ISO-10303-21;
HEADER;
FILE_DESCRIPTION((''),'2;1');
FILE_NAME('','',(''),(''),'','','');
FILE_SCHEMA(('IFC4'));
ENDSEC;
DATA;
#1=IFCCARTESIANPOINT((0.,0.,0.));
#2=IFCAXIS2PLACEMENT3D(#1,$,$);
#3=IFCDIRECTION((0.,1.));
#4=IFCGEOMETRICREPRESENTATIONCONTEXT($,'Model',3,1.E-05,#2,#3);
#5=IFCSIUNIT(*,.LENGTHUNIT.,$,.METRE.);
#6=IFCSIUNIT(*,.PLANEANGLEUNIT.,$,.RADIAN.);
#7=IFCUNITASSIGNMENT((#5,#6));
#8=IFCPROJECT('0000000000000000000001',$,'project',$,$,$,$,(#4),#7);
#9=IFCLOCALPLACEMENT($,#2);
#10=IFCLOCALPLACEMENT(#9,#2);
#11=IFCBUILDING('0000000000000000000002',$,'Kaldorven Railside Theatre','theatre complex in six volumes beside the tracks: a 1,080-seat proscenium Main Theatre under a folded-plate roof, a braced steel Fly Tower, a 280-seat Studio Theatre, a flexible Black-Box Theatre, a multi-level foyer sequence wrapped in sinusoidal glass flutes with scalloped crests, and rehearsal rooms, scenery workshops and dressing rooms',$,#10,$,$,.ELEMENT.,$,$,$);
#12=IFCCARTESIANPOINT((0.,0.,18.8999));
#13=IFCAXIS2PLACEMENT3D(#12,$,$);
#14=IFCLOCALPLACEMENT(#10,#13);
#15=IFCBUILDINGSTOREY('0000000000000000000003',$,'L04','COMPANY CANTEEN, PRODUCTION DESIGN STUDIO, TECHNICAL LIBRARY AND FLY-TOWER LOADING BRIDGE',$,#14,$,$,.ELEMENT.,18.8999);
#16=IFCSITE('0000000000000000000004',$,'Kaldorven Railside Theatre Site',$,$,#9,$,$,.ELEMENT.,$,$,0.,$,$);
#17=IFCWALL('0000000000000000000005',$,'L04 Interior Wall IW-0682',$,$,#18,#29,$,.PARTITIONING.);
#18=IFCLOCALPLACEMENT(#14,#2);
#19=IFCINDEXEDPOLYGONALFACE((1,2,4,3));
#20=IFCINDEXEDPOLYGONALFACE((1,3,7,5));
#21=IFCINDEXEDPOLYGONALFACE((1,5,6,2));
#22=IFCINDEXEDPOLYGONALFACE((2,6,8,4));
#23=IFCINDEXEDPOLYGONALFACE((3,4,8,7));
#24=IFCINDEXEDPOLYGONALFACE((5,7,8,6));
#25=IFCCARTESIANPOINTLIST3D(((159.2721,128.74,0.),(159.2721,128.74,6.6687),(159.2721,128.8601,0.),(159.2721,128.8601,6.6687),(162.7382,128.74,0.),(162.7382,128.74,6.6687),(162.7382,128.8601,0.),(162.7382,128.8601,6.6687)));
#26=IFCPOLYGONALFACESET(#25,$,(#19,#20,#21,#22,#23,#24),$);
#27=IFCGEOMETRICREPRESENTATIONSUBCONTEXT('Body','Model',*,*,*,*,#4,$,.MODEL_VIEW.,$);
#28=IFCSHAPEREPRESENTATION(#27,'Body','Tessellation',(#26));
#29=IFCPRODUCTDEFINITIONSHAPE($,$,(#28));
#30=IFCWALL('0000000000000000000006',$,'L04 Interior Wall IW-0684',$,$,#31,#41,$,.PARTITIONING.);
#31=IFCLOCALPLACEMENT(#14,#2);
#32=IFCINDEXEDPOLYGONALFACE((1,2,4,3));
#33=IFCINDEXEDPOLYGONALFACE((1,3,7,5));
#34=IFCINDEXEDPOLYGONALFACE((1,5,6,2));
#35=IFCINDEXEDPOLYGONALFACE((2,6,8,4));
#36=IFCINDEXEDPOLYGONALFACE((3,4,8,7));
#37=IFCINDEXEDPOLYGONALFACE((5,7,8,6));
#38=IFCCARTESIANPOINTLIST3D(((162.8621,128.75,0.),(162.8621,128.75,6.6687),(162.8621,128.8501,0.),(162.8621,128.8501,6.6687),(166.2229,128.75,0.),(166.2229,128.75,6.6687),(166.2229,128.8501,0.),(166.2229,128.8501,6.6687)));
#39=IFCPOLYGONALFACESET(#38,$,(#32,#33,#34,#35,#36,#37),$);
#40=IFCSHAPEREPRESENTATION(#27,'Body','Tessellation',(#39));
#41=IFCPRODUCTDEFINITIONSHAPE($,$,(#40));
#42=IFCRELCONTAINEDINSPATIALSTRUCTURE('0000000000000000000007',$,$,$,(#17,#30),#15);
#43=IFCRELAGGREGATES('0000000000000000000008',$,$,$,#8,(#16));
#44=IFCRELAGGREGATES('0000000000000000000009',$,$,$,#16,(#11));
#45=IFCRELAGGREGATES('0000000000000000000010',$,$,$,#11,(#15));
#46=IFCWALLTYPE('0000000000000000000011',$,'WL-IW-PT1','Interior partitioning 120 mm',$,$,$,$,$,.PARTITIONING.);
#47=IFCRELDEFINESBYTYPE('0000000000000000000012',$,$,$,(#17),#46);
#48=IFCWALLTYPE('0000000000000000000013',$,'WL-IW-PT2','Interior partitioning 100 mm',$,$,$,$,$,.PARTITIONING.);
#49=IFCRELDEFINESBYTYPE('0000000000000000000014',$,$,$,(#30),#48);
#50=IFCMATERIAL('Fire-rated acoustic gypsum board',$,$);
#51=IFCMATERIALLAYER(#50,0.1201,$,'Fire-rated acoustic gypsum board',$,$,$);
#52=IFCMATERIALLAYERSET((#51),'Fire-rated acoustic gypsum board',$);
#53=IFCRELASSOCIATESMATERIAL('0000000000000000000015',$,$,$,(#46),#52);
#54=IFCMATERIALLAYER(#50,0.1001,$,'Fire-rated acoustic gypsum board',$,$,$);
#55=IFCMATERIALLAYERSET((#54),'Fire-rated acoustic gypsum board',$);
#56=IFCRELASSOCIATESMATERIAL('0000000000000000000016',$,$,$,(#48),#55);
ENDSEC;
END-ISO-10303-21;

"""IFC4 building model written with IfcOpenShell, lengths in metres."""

from ifc_helpers import new_model, si_unit, direction, frame, frame_2d, origin, place, context, subcontext, project, spatial, rectangle, extrude, material, layer, layer_set, type_object, element, save


model = new_model("IFC4")

# Units and contexts
model_context = context("Model", 3, precision=1e-05, world=origin(), true_north=direction((0.0, 1.0)))
body_context = subcontext(model_context, "Body", "Model", "MODEL_VIEW")
ifc_project = project(units=[si_unit("LENGTHUNIT", "METRE"), si_unit("PLANEANGLEUNIT", "RADIAN")], contexts=[model_context])

# Site, building, storey
site_placement = place(None, origin())
site = spatial("IfcSite", under=ifc_project, at=site_placement, Name="Kaldorven Railside Theatre Site", CompositionType="ELEMENT", RefElevation=0.0)
building_placement = place(site_placement, origin())
building = spatial("IfcBuilding", under=site, at=building_placement, Name="Kaldorven Railside Theatre", Description="theatre complex in six volumes beside the tracks: a 1,080-seat proscenium Main Theatre under a folded-plate roof, a braced steel Fly Tower, a 280-seat Studio Theatre, a flexible Black-Box Theatre, a multi-level foyer sequence wrapped in sinusoidal glass flutes with scalloped crests, and rehearsal rooms, scenery workshops and dressing rooms", CompositionType="ELEMENT")
storey_placement = place(building_placement, frame((0.0, 0.0, 18.8999)))
storey = spatial("IfcBuildingStorey", under=building, at=storey_placement, Name="L04", Description="COMPANY CANTEEN, PRODUCTION DESIGN STUDIO, TECHNICAL LIBRARY AND FLY-TOWER LOADING BRIDGE", CompositionType="ELEMENT", Elevation=18.8999)

# Walls
ifc_material_1 = material(Name="Fire-rated acoustic gypsum board")
ifc_layer_1 = layer(ifc_material_1, 0.1201, Name="Fire-rated acoustic gypsum board")
ifc_layer_set_1 = layer_set([ifc_layer_1], Name="Fire-rated acoustic gypsum board")
wall_type_1 = type_object("IfcWallType", Name="WL-IW-PT1", Description="Interior partitioning 120 mm", PredefinedType="PARTITIONING", material=ifc_layer_set_1)
wall_1_placement = place(storey_placement, frame((162.738, 128.8, 0.0), z_axis=(0.0, 0.0, 1.0), x_axis=(-1.0, 0.0, 0.0)))
element("IfcWall", 1, at=wall_1_placement, inside=storey, type_object=wall_type_1, Name="L04 Interior Wall IW-0682", PredefinedType="PARTITIONING", context=body_context, shape_type="SweptSolid", body=[
    extrude(rectangle(XDim=3.4661, YDim=0.1201, at=frame_2d((1.7329, 0.0))), origin(), (0.0, 0.0, 1.0), 6.6687),
])
ifc_layer_2 = layer(ifc_material_1, 0.1001, Name="Fire-rated acoustic gypsum board")
ifc_layer_set_2 = layer_set([ifc_layer_2], Name="Fire-rated acoustic gypsum board")
wall_type_2 = type_object("IfcWallType", Name="WL-IW-PT2", Description="Interior partitioning 100 mm", PredefinedType="PARTITIONING", material=ifc_layer_set_2)
wall_2_placement = place(storey_placement, frame((166.2229, 128.8, 0.0), z_axis=(0.0, 0.0, 1.0), x_axis=(-1.0, 0.0, 0.0)))
element("IfcWall", 2, at=wall_2_placement, inside=storey, type_object=wall_type_2, Name="L04 Interior Wall IW-0684", PredefinedType="PARTITIONING", context=body_context, shape_type="SweptSolid", body=[
    extrude(rectangle(XDim=3.3608, YDim=0.1001, at=frame_2d((1.6804, 0.0))), origin(), (0.0, 0.0, 1.0), 6.6687),
])

save(model, "model.ifc")
